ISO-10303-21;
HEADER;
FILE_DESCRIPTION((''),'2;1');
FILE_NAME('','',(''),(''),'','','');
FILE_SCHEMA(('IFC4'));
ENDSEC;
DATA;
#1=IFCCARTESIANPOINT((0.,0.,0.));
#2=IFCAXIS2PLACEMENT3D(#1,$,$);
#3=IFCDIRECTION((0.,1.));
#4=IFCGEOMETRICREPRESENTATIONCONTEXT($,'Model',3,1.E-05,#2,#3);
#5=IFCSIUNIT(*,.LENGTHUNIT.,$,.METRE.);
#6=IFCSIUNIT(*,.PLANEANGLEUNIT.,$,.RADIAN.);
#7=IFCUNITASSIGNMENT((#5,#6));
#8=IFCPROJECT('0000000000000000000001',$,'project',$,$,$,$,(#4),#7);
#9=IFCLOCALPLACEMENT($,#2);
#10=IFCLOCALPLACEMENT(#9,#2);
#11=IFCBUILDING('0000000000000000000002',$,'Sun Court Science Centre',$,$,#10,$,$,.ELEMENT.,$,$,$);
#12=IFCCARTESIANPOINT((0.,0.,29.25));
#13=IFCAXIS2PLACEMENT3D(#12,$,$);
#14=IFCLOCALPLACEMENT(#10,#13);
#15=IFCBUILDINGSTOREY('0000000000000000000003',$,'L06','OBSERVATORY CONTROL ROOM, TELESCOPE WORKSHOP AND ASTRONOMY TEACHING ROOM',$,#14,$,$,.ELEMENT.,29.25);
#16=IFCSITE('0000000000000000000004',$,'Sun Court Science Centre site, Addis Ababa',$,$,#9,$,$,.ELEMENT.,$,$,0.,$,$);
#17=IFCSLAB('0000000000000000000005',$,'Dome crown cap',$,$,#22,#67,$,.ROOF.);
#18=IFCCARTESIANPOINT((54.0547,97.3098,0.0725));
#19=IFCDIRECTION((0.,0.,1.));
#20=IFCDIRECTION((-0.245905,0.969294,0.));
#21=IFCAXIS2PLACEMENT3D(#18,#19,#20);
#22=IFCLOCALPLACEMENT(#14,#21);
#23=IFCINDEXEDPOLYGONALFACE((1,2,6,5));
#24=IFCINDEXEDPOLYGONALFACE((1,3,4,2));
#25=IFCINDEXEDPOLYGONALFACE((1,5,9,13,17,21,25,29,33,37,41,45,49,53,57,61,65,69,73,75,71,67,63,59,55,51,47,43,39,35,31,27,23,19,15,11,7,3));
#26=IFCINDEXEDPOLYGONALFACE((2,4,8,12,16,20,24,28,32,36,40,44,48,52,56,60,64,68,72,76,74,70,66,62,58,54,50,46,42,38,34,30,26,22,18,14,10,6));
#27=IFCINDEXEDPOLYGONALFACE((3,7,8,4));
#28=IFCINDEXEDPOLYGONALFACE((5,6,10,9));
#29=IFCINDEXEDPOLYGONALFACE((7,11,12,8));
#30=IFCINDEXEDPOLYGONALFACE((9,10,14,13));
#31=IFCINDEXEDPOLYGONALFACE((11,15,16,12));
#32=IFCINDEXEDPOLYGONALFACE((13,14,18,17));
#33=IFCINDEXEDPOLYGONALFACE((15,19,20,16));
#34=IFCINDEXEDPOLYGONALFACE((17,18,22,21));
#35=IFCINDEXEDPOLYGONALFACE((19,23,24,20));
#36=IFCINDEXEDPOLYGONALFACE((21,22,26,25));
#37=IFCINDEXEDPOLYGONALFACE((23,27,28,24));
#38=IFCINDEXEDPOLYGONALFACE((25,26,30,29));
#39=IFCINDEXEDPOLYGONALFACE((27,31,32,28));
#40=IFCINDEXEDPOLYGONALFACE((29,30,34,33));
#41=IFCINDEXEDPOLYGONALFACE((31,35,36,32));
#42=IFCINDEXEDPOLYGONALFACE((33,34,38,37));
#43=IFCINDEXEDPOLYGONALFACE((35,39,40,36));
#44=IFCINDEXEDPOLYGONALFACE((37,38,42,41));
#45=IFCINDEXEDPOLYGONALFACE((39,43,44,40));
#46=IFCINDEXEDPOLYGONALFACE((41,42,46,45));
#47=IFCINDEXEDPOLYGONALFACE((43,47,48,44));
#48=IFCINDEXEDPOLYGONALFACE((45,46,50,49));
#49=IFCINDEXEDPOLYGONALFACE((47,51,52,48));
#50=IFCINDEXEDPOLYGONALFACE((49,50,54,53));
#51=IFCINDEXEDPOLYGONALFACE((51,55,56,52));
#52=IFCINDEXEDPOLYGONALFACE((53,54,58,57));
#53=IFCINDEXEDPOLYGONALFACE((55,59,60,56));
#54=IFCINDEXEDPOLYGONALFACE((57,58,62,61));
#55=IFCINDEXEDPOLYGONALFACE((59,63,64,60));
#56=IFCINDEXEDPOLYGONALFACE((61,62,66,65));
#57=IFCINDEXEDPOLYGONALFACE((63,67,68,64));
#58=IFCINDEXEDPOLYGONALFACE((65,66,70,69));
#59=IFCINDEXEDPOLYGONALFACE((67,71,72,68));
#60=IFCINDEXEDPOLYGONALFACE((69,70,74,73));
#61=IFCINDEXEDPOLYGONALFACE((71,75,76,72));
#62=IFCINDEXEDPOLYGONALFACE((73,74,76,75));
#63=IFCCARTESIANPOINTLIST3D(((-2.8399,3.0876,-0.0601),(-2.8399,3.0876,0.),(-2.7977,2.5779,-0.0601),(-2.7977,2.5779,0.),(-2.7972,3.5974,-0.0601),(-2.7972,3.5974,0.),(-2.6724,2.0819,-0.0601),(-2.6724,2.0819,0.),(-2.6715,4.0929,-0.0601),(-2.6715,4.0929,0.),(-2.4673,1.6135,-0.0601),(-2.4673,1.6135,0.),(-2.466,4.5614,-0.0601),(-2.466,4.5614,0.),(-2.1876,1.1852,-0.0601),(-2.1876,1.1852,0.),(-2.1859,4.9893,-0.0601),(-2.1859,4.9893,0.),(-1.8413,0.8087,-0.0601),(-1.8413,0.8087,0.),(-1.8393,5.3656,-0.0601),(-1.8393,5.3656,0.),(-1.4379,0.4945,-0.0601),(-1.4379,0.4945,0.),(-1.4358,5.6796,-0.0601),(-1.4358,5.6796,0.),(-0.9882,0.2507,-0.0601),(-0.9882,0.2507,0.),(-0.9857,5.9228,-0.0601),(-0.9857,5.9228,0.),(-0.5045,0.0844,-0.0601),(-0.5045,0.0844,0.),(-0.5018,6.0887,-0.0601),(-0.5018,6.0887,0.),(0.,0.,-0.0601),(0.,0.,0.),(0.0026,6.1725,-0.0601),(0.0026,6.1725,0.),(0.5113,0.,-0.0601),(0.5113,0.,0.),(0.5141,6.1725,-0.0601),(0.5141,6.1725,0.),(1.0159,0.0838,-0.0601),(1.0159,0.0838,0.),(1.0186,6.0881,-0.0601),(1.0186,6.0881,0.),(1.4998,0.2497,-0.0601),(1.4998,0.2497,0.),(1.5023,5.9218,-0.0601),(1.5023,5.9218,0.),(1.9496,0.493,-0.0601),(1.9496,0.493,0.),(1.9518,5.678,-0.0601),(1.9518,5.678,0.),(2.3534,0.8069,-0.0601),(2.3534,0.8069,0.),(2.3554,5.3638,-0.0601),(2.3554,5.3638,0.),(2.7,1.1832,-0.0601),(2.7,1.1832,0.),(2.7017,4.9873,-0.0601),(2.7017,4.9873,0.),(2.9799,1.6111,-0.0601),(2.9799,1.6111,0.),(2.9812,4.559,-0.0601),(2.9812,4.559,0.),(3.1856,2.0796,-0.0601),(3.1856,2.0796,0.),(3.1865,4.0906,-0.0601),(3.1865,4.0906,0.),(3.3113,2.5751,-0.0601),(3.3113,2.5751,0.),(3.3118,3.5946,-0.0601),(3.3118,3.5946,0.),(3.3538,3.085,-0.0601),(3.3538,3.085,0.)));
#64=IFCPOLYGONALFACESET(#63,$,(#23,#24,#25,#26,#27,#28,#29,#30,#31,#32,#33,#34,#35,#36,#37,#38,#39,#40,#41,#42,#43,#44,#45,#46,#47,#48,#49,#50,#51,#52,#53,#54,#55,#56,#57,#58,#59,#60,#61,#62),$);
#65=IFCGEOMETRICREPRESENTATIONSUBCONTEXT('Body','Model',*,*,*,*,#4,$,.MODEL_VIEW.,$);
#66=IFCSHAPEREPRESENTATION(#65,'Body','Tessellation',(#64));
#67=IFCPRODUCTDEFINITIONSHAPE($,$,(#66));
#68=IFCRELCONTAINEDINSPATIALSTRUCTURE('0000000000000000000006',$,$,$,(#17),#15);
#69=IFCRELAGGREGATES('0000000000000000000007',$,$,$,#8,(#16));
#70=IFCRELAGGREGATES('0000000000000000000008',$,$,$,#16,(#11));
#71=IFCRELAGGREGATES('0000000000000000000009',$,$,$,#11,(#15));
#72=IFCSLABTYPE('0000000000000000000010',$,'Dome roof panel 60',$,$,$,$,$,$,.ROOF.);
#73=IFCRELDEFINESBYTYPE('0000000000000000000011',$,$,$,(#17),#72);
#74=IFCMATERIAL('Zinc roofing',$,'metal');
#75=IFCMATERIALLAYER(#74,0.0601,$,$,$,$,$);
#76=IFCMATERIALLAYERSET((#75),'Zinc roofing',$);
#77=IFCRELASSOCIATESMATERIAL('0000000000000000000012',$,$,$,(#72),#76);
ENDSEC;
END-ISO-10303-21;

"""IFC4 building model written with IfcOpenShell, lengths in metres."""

from ifc_helpers import new_model, si_unit, direction, frame, origin, place, context, subcontext, project, spatial, polyline, outline, extrude, material, layer, layer_set, type_object, element, save


model = new_model("IFC4")

# Units and contexts
model_context = context("Model", 3, precision=1e-05, world=origin(), true_north=direction((0.0, 1.0)))
body_context = subcontext(model_context, "Body", "Model", "MODEL_VIEW")
ifc_project = project(units=[si_unit("LENGTHUNIT", "METRE"), si_unit("PLANEANGLEUNIT", "RADIAN")], contexts=[model_context])

# Site, building, storey
site_placement = place(None, origin())
site = spatial("IfcSite", under=ifc_project, at=site_placement, Name="Sun Court Science Centre site, Addis Ababa", CompositionType="ELEMENT", RefElevation=0.0)
building_placement = place(site_placement, origin())
building = spatial("IfcBuilding", under=site, at=building_placement, Name="Sun Court Science Centre", CompositionType="ELEMENT")
storey_placement = place(building_placement, frame((0.0, 0.0, 29.25)))
storey = spatial("IfcBuildingStorey", under=building, at=storey_placement, Name="L06", Description="OBSERVATORY CONTROL ROOM, TELESCOPE WORKSHOP AND ASTRONOMY TEACHING ROOM", CompositionType="ELEMENT", Elevation=29.25)

# Slab
ifc_material_1 = material(Name="Zinc roofing", Category="metal")
ifc_layer_1 = layer(ifc_material_1, 0.0601)
ifc_layer_set_1 = layer_set([ifc_layer_1], Name="Zinc roofing")
slab_type = type_object("IfcSlabType", Name="Dome roof panel 60", PredefinedType="ROOF", material=ifc_layer_set_1)
slab_placement = place(storey_placement, frame((54.0547, 97.3098, 0.0725), z_axis=(0.0, 0.0, 1.0), x_axis=(-0.245905, 0.969294, 0.0)))
element("IfcSlab", 1, at=slab_placement, inside=storey, type_object=slab_type, Name="Dome crown cap", PredefinedType="ROOF", context=body_context, shape_type="SweptSolid", body=[
    extrude(outline(polyline([(0.0, 0.0), (0.5113, 0.0), (1.0159, 0.0838), (1.4998, 0.2497), (1.9496, 0.493), (2.3534, 0.8069), (2.7, 1.1832), (2.9799, 1.6111), (3.1856, 2.0796), (3.3113, 2.5751), (3.3538, 3.085), (3.3118, 3.5946), (3.1865, 4.0906), (2.9812, 4.559), (2.7017, 4.9873), (2.3554, 5.3638), (1.9518, 5.678), (1.5023, 5.9218), (1.0186, 6.0881), (0.5141, 6.1725), (0.0026, 6.1725), (-0.5018, 6.0887), (-0.9857, 5.9228), (-1.4358, 5.6796), (-1.8393, 5.3656), (-2.1859, 4.9893), (-2.466, 4.5614), (-2.6715, 4.0929), (-2.7972, 3.5974), (-2.8399, 3.0876), (-2.7977, 2.5779), (-2.6724, 2.0819), (-2.4673, 1.6135), (-2.1876, 1.1852), (-1.8413, 0.8087), (-1.4379, 0.4945), (-0.9882, 0.2507), (-0.5045, 0.0844), (0.0, 0.0)])), origin(), (0.0, 0.0, -1.0), 0.0601),
])

save(model, "model.ifc")
